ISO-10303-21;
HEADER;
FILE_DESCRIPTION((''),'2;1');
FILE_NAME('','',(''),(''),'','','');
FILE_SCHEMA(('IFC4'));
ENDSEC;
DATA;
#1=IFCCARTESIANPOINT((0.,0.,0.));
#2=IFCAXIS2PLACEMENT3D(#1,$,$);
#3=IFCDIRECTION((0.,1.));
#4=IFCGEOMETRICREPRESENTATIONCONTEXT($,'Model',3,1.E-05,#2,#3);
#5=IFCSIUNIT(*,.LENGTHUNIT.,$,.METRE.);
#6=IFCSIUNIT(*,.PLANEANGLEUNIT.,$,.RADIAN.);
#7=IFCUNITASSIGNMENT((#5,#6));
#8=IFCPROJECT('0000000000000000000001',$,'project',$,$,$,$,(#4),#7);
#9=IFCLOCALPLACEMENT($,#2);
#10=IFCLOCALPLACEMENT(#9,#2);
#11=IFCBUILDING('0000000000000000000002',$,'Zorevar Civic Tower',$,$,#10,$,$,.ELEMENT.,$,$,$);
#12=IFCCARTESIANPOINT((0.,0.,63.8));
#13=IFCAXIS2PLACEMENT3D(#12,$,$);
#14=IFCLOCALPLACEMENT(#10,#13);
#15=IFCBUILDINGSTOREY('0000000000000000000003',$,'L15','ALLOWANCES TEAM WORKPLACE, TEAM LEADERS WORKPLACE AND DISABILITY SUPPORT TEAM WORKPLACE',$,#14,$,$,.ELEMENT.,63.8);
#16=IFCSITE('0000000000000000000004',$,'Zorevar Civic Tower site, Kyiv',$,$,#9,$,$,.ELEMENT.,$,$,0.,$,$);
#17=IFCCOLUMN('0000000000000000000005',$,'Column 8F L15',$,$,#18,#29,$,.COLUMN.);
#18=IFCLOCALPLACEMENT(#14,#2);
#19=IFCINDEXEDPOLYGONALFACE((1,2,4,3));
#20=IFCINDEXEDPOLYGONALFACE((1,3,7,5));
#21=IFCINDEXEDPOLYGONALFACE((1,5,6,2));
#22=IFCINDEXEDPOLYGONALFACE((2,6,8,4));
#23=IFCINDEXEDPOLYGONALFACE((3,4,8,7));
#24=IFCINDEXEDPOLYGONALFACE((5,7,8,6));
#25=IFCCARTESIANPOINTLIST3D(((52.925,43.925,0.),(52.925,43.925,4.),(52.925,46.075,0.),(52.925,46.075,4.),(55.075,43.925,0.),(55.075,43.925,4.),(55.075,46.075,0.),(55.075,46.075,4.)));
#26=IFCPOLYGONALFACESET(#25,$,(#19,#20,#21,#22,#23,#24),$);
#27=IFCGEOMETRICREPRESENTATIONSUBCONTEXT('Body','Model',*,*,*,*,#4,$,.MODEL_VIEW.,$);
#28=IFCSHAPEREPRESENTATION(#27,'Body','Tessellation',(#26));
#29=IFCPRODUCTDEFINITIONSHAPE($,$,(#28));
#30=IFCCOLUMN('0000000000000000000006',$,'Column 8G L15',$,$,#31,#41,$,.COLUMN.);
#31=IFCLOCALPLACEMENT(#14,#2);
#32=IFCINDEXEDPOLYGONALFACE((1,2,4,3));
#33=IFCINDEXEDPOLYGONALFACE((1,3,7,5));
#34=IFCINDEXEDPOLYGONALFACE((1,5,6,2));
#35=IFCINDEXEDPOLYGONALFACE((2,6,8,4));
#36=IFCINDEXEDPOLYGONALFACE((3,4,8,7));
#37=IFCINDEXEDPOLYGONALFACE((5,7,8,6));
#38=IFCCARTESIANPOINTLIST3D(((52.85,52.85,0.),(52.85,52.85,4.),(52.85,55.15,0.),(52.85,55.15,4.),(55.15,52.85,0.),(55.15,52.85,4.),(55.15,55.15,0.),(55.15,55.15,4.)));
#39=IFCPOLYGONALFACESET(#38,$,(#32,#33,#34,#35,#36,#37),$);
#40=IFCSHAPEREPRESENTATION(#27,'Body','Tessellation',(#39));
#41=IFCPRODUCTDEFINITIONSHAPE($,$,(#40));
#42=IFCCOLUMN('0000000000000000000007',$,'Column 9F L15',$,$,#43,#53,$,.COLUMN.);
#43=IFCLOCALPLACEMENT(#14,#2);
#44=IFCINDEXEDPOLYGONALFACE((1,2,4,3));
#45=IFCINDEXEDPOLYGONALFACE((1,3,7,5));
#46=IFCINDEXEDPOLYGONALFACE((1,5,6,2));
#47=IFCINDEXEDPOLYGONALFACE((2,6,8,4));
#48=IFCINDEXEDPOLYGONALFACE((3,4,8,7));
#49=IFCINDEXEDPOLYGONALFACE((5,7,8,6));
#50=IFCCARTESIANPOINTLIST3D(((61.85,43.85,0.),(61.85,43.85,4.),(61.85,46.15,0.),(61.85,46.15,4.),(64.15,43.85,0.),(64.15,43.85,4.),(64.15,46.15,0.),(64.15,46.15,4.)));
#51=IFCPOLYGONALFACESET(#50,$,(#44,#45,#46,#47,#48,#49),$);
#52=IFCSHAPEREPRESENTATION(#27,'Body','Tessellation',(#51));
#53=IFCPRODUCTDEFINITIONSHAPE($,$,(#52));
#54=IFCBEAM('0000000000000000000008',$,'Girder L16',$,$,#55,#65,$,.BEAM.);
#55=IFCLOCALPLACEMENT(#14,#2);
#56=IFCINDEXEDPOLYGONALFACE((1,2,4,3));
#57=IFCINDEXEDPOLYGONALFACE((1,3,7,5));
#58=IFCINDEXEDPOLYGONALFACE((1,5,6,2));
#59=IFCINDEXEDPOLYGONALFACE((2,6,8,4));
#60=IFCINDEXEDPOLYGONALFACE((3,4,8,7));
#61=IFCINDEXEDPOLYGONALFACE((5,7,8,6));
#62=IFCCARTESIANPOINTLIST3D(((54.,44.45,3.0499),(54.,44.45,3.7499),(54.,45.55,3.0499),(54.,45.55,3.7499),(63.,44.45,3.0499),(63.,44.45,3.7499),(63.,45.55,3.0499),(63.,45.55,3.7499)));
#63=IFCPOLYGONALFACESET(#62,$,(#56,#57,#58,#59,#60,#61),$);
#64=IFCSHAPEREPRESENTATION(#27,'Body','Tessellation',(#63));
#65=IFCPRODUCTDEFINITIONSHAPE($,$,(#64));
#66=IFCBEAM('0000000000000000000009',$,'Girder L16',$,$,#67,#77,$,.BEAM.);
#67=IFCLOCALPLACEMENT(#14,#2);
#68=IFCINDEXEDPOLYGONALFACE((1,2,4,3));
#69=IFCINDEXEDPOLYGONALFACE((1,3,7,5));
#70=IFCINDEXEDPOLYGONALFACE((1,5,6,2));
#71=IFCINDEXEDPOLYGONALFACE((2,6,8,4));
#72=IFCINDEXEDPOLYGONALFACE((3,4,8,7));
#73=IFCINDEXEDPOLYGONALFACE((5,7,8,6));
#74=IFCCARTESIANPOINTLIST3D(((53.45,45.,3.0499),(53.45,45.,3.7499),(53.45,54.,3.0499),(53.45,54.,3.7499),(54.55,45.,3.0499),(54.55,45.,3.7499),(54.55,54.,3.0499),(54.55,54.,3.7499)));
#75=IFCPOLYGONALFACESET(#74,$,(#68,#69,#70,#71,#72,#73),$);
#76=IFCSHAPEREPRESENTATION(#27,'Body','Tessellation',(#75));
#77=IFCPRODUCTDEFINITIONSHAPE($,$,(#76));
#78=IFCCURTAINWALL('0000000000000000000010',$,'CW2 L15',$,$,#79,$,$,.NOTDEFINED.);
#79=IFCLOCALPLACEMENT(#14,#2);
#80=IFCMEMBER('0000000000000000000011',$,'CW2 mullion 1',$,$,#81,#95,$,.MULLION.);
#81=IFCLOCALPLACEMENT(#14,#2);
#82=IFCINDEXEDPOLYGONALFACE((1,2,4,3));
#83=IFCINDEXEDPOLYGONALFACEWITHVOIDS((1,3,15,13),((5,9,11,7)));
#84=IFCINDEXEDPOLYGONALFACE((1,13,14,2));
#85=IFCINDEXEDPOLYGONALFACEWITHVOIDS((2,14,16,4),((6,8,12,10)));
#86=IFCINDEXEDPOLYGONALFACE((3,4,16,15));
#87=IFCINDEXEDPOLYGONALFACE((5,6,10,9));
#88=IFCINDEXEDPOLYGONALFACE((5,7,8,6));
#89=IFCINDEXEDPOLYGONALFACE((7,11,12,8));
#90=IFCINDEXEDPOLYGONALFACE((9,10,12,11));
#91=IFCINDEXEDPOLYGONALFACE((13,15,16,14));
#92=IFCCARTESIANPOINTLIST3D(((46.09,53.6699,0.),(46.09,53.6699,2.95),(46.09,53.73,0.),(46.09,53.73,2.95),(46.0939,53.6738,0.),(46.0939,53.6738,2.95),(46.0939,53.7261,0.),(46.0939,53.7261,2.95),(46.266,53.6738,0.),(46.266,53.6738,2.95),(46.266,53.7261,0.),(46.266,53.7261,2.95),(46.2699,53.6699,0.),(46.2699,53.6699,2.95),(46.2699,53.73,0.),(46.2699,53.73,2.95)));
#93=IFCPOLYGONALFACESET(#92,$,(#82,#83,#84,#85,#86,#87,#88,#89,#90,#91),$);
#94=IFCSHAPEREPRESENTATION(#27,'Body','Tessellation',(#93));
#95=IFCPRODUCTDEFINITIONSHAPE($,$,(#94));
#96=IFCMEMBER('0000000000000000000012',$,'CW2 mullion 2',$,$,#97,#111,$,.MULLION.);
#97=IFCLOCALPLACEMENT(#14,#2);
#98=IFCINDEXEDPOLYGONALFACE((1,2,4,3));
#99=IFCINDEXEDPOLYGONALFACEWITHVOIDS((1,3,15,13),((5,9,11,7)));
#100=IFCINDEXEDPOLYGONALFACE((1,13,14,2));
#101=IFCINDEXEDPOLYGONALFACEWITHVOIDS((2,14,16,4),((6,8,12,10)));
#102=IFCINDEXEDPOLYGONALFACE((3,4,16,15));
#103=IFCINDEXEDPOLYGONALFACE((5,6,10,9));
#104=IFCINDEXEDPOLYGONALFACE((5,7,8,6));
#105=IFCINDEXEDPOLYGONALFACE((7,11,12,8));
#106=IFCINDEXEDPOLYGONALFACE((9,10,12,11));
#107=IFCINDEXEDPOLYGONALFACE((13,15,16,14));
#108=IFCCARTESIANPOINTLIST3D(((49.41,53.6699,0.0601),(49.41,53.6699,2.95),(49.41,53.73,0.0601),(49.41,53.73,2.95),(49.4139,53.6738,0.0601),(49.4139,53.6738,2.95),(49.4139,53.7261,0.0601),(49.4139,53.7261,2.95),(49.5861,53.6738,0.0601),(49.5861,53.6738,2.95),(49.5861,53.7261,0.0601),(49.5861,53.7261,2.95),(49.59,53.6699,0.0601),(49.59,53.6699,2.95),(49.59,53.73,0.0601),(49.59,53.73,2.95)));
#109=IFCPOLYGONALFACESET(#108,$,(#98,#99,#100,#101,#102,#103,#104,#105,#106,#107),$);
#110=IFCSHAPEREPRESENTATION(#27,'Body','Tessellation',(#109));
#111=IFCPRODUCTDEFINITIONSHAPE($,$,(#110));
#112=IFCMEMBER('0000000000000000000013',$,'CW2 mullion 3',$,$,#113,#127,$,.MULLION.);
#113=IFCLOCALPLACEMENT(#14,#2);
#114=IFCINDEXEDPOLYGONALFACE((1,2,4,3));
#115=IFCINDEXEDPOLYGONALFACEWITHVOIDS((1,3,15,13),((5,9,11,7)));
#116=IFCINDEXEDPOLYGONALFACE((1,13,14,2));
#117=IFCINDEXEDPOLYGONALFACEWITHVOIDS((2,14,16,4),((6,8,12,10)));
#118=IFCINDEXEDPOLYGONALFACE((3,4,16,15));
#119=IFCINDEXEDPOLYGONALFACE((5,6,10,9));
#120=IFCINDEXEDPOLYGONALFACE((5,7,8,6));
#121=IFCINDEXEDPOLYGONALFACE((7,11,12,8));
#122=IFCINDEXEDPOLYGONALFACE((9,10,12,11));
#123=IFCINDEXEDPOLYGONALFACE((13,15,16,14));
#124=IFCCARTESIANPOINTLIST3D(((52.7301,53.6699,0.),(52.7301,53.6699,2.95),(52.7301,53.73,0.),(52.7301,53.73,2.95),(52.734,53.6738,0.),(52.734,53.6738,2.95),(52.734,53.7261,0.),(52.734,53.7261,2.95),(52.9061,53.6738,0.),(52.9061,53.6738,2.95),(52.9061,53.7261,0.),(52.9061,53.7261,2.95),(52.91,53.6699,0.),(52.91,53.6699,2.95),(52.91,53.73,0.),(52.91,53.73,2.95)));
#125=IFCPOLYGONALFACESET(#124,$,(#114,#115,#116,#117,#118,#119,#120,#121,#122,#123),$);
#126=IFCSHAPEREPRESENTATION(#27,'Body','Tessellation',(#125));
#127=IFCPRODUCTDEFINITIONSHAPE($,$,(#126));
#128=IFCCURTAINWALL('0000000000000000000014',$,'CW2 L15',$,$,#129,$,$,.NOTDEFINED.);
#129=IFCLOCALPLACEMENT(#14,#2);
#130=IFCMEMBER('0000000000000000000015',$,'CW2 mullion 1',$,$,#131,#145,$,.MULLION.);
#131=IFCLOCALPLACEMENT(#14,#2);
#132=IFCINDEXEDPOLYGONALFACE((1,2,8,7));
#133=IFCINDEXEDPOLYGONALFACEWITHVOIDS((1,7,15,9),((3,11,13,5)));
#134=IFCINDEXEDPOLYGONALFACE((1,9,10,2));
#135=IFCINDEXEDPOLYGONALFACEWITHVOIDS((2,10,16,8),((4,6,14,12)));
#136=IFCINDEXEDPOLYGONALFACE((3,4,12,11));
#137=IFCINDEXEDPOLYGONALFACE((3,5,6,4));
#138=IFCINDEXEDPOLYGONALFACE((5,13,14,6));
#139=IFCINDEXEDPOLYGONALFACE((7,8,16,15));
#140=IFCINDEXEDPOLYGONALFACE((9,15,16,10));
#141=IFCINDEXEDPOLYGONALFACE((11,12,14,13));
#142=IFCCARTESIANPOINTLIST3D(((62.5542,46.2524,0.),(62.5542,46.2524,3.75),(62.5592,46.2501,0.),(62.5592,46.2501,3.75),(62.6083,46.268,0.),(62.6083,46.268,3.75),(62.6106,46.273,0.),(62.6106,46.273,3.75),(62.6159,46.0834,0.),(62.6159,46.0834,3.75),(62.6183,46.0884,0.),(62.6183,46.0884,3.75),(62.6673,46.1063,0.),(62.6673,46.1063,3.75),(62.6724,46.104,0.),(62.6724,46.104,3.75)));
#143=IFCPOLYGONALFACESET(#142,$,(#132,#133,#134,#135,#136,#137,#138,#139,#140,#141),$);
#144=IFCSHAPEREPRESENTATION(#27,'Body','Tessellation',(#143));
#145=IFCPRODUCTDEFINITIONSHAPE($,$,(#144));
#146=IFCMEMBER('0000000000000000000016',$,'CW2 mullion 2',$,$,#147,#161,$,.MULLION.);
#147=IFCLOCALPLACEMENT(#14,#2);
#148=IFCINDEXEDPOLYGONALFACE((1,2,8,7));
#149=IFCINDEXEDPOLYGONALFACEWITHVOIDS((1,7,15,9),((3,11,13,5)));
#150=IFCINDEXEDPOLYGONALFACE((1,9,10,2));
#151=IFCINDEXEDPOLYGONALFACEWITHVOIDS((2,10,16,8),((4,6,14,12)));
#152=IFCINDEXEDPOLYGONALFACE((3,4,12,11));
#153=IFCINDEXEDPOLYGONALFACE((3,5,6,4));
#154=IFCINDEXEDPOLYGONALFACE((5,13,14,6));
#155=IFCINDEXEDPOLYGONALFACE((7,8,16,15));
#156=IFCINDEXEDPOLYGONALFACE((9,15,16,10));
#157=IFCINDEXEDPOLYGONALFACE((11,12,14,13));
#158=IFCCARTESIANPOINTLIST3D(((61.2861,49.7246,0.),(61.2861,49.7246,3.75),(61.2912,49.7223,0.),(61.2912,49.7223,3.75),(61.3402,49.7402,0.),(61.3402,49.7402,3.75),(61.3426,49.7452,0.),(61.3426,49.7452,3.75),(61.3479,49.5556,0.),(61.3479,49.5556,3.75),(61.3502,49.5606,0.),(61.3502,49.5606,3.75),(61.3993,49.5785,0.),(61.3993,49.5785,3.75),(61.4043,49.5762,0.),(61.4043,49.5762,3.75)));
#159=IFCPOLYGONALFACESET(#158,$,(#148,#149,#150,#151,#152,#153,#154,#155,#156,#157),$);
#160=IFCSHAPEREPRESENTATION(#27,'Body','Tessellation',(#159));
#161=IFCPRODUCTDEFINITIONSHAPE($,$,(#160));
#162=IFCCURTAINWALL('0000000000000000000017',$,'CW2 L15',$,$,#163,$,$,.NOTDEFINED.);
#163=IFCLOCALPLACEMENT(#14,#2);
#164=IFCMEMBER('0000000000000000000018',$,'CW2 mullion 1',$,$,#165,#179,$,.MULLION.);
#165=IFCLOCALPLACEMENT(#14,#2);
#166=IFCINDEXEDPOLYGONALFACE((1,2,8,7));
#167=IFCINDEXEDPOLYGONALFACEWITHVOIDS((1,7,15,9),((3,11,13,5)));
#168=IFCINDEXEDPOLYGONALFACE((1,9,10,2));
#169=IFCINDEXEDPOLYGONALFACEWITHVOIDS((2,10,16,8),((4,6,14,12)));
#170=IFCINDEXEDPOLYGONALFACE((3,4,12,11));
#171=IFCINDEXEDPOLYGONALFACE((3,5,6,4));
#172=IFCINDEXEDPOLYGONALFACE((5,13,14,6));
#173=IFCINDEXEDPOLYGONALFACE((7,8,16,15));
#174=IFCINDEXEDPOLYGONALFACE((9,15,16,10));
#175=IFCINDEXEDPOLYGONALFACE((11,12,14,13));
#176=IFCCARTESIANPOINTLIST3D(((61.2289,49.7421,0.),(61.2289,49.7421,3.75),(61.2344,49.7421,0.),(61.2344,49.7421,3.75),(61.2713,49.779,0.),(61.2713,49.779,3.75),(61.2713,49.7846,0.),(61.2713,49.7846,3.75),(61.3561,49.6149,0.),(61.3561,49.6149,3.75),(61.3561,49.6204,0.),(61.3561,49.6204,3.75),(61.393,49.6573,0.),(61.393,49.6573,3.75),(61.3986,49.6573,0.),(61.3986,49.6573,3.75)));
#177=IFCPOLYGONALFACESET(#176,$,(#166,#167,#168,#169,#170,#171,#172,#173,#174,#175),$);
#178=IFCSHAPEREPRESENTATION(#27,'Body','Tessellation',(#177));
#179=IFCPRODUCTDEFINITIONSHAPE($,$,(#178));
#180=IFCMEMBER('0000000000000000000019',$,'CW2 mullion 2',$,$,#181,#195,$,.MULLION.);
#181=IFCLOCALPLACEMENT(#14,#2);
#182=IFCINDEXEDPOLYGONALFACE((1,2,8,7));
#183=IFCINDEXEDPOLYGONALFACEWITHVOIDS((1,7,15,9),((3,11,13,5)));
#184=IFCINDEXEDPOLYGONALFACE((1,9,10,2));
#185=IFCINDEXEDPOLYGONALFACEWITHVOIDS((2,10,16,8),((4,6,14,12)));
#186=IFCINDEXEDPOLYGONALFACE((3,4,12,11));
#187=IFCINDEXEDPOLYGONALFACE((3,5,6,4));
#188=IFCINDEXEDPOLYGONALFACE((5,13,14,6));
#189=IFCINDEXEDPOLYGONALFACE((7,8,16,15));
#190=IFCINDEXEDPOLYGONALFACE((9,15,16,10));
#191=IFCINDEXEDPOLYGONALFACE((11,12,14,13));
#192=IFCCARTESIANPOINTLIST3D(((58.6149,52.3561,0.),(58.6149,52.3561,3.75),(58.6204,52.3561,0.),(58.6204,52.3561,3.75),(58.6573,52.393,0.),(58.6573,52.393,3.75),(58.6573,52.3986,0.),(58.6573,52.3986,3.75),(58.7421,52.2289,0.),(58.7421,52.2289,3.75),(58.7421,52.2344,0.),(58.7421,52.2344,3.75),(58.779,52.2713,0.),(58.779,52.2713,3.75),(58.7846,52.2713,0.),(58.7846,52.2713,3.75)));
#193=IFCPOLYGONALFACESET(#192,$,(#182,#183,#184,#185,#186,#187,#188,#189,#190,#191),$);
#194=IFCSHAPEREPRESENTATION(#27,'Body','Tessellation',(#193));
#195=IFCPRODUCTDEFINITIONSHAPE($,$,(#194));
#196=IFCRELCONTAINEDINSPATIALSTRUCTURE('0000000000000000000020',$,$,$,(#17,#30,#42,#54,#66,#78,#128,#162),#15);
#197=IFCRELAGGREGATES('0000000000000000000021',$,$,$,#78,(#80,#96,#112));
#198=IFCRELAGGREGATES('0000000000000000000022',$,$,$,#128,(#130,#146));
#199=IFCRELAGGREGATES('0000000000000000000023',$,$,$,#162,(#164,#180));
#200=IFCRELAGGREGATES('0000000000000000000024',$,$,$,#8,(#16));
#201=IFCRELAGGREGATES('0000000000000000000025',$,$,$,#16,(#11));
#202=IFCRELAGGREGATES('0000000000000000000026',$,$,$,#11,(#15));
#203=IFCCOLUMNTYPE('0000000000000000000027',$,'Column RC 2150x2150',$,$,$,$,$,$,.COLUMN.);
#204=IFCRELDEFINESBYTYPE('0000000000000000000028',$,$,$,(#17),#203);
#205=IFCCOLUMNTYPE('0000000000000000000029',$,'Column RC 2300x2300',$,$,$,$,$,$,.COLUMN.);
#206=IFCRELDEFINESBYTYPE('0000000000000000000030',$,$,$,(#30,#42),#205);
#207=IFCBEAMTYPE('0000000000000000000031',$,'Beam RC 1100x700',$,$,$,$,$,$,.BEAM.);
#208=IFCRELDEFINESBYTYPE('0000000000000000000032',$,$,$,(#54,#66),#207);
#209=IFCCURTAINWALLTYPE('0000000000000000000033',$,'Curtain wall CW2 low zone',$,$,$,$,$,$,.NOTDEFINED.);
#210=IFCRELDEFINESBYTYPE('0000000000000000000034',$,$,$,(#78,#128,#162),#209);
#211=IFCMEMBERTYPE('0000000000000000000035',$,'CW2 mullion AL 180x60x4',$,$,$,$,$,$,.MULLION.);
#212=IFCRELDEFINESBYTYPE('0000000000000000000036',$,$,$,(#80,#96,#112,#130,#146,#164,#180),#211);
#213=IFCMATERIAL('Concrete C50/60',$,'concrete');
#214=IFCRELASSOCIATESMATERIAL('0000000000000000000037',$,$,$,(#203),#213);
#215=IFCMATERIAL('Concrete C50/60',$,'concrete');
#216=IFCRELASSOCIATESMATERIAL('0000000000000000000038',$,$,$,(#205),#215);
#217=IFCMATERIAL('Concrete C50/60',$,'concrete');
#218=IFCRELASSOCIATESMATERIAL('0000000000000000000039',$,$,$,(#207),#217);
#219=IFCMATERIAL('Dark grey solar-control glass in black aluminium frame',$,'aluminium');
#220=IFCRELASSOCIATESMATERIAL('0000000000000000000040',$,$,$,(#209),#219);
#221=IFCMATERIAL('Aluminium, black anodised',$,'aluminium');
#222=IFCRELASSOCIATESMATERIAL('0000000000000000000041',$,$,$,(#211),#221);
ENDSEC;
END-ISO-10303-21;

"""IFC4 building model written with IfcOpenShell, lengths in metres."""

from ifc_helpers import new_model, si_unit, direction, frame, origin, origin_2d, place, context, subcontext, project, spatial, rectangle, hollow_rectangle, extrude, material, material_profile, profile_set, type_object, element, aggregate, save


model = new_model("IFC4")

# Units and contexts
model_context = context("Model", 3, precision=1e-05, world=origin(), true_north=direction((0.0, 1.0)))
body_context = subcontext(model_context, "Body", "Model", "MODEL_VIEW")
ifc_project = project(units=[si_unit("LENGTHUNIT", "METRE"), si_unit("PLANEANGLEUNIT", "RADIAN")], contexts=[model_context])

# Site, building, storey
site_placement = place(None, origin())
site = spatial("IfcSite", under=ifc_project, at=site_placement, Name="Zorevar Civic Tower site, Kyiv", CompositionType="ELEMENT", RefElevation=0.0)
building_placement = place(site_placement, origin())
building = spatial("IfcBuilding", under=site, at=building_placement, Name="Zorevar Civic Tower", CompositionType="ELEMENT")
storey_placement = place(building_placement, frame((0.0, 0.0, 63.8)))
storey = spatial("IfcBuildingStorey", under=building, at=storey_placement, Name="L15", Description="ALLOWANCES TEAM WORKPLACE, TEAM LEADERS WORKPLACE AND DISABILITY SUPPORT TEAM WORKPLACE", CompositionType="ELEMENT", Elevation=63.8)

# Columns
ifc_material_1 = material(Name="Concrete C50/60", Category="concrete")
ifc_material_profile_1 = material_profile(ifc_material_1, rectangle(XDim=2.1499, YDim=2.1499, at=origin_2d()), Name="RC 2150x2150")
ifc_profile_set_1 = profile_set([ifc_material_profile_1], Name="Concrete C50/60")
column_type_1 = type_object("IfcColumnType", Name="Column RC 2150x2150", PredefinedType="COLUMN", material=ifc_profile_set_1)
column_placement = place(storey_placement, frame((54.0, 45.0, 0.0), z_axis=(0.0, 0.0, 1.0), x_axis=(1.0, 0.0, 0.0)))
element("IfcColumn", 1, at=column_placement, inside=storey, type_object=column_type_1, Name="Column 8F L15", PredefinedType="COLUMN", context=body_context, shape_type="SweptSolid", body=[
    extrude(rectangle(XDim=2.1499, YDim=2.1499, at=origin_2d()), origin(), (0.0, 0.0, 1.0), 4.0),
])
ifc_material_2 = material(Name="Concrete C50/60", Category="concrete")
ifc_material_profile_2 = material_profile(ifc_material_2, rectangle(XDim=2.3, YDim=2.3, at=origin_2d()), Name="RC 2300x2300")
ifc_profile_set_2 = profile_set([ifc_material_profile_2], Name="Concrete C50/60")
column_type_2 = type_object("IfcColumnType", Name="Column RC 2300x2300", PredefinedType="COLUMN", material=ifc_profile_set_2)
for number, where, z_axis, x_axis, name in (
    (2, (54.0, 54.0, 0.0), (0.0, 0.0, 1.0), (1.0, 0.0, 0.0), "Column 8G L15"),
    (3, (63.0, 45.0, 0.0), (0.0, 0.0, 1.0), (1.0, 0.0, 0.0), "Column 9F L15"),
):
    element("IfcColumn", number, at=place(storey_placement, frame(where, z_axis=z_axis, x_axis=x_axis)), inside=storey, type_object=column_type_2, Name=name, PredefinedType="COLUMN", context=body_context, shape_type="SweptSolid", body=[
        extrude(rectangle(XDim=2.3, YDim=2.3, at=origin_2d()), origin(), (0.0, 0.0, 1.0), 4.0),
    ])

# Beams
ifc_material_3 = material(Name="Concrete C50/60", Category="concrete")
ifc_material_profile_3 = material_profile(ifc_material_3, rectangle(XDim=1.1001, YDim=0.7, at=origin_2d()), Name="RC 1100x700")
ifc_profile_set_3 = profile_set([ifc_material_profile_3], Name="Concrete C50/60")
beam_type_1 = type_object("IfcBeamType", Name="Beam RC 1100x700", PredefinedType="BEAM", material=ifc_profile_set_3)
for number, where, z_axis, x_axis, name in (
    (4, (54.0, 45.0, 3.3999), (1.0, 0.0, 0.0), (0.0, 1.0, 0.0), "Girder L16"),
    (5, (54.0, 45.0, 3.3999), (0.0, 1.0, 0.0), (-1.0, 0.0, 0.0), "Girder L16"),
):
    element("IfcBeam", number, at=place(storey_placement, frame(where, z_axis=z_axis, x_axis=x_axis)), inside=storey, type_object=beam_type_1, Name=name, PredefinedType="BEAM", context=body_context, shape_type="SweptSolid", body=[
        extrude(rectangle(XDim=1.1001, YDim=0.7, at=origin_2d()), origin(), (0.0, 0.0, 1.0), 9.0),
    ])

# Curtain walls, members
ifc_material_4 = material(Name="Dark grey solar-control glass in black aluminium frame", Category="aluminium")
curtain_wall_type = type_object("IfcCurtainWallType", Name="Curtain wall CW2 low zone", PredefinedType="NOTDEFINED", material=ifc_material_4)
curtain_wall_1_placement = place(storey_placement, origin())
curtain_wall_1 = element("IfcCurtainWall", 6, at=curtain_wall_1_placement, inside=storey, type_object=curtain_wall_type, Name="CW2 L15", PredefinedType="NOTDEFINED")
ifc_material_5 = material(Name="Aluminium, black anodised", Category="aluminium")
ifc_material_profile_4 = material_profile(ifc_material_5, hollow_rectangle(XDim=0.0601, YDim=0.1799, WallThickness=0.0039, at=origin_2d()), Name="AL 180x60x4")
ifc_profile_set_4 = profile_set([ifc_material_profile_4], Name="Aluminium, black anodised")
member_type_1 = type_object("IfcMemberType", Name="CW2 mullion AL 180x60x4", PredefinedType="MULLION", material=ifc_profile_set_4)
member_1_placement = place(storey_placement, frame((46.1799, 53.7, 0.0), z_axis=(0.0, 0.0, 1.0), x_axis=(0.0, 1.0, 0.0)))
member_1 = element("IfcMember", 7, at=member_1_placement, type_object=member_type_1, Name="CW2 mullion 1", PredefinedType="MULLION", context=body_context, shape_type="SweptSolid", body=[
    extrude(hollow_rectangle(XDim=0.0601, YDim=0.1799, WallThickness=0.0039, at=origin_2d()), origin(), (0.0, 0.0, 1.0), 2.95),
])
member_2_placement = place(storey_placement, frame((49.5, 53.7, 0.0601), z_axis=(0.0, 0.0, 1.0), x_axis=(0.0, 1.0, 0.0)))
member_2 = element("IfcMember", 8, at=member_2_placement, type_object=member_type_1, Name="CW2 mullion 2", PredefinedType="MULLION", context=body_context, shape_type="SweptSolid", body=[
    extrude(hollow_rectangle(XDim=0.0601, YDim=0.1799, WallThickness=0.0039, at=origin_2d()), origin(), (0.0, 0.0, 1.0), 2.8899),
])
member_3_placement = place(storey_placement, frame((52.8201, 53.7, 0.0), z_axis=(0.0, 0.0, 1.0), x_axis=(0.0, 1.0, 0.0)))
member_3 = element("IfcMember", 9, at=member_3_placement, type_object=member_type_1, Name="CW2 mullion 3", PredefinedType="MULLION", context=body_context, shape_type="SweptSolid", body=[
    extrude(hollow_rectangle(XDim=0.0601, YDim=0.1799, WallThickness=0.0039, at=origin_2d()), origin(), (0.0, 0.0, 1.0), 2.95),
])
curtain_wall_2_placement = place(storey_placement, origin())
curtain_wall_2 = element("IfcCurtainWall", 10, at=curtain_wall_2_placement, inside=storey, type_object=curtain_wall_type, Name="CW2 L15", PredefinedType="NOTDEFINED")
member_4_placement = place(storey_placement, frame((62.6133, 46.1782, 0.0), z_axis=(0.0, 0.0, 1.0), x_axis=(-0.939313, -0.34306, 0.0)))
member_4 = element("IfcMember", 11, at=member_4_placement, type_object=member_type_1, Name="CW2 mullion 1", PredefinedType="MULLION", context=body_context, shape_type="SweptSolid", body=[
    extrude(hollow_rectangle(XDim=0.0601, YDim=0.1799, WallThickness=0.0039, at=origin_2d()), origin(), (0.0, 0.0, 1.0), 3.75),
])
member_5_placement = place(storey_placement, frame((61.3452, 49.6504, 0.0), z_axis=(0.0, 0.0, 1.0), x_axis=(-0.939313, -0.34306, 0.0)))
member_5 = element("IfcMember", 12, at=member_5_placement, type_object=member_type_1, Name="CW2 mullion 2", PredefinedType="MULLION", context=body_context, shape_type="SweptSolid", body=[
    extrude(hollow_rectangle(XDim=0.0601, YDim=0.1799, WallThickness=0.0039, at=origin_2d()), origin(), (0.0, 0.0, 1.0), 3.75),
])
curtain_wall_3_placement = place(storey_placement, origin())
curtain_wall_3 = element("IfcCurtainWall", 13, at=curtain_wall_3_placement, inside=storey, type_object=curtain_wall_type, Name="CW2 L15", PredefinedType="NOTDEFINED")
member_6_placement = place(storey_placement, frame((61.3137, 49.6997, 0.0), z_axis=(0.0, 0.0, 1.0), x_axis=(-0.707107, -0.707107, 0.0)))
member_6 = element("IfcMember", 14, at=member_6_placement, type_object=member_type_1, Name="CW2 mullion 1", PredefinedType="MULLION", context=body_context, shape_type="SweptSolid", body=[
    extrude(hollow_rectangle(XDim=0.0601, YDim=0.1799, WallThickness=0.0039, at=origin_2d()), origin(), (0.0, 0.0, 1.0), 3.75),
])
member_7_placement = place(storey_placement, frame((58.6997, 52.3137, 0.0), z_axis=(0.0, 0.0, 1.0), x_axis=(-0.707107, -0.707107, 0.0)))
member_7 = element("IfcMember", 15, at=member_7_placement, type_object=member_type_1, Name="CW2 mullion 2", PredefinedType="MULLION", context=body_context, shape_type="SweptSolid", body=[
    extrude(hollow_rectangle(XDim=0.0601, YDim=0.1799, WallThickness=0.0039, at=origin_2d()), origin(), (0.0, 0.0, 1.0), 3.75),
])

aggregate(curtain_wall_1, [member_1, member_2, member_3])
aggregate(curtain_wall_2, [member_4, member_5])
aggregate(curtain_wall_3, [member_6, member_7])

save(model, "model.ifc")
